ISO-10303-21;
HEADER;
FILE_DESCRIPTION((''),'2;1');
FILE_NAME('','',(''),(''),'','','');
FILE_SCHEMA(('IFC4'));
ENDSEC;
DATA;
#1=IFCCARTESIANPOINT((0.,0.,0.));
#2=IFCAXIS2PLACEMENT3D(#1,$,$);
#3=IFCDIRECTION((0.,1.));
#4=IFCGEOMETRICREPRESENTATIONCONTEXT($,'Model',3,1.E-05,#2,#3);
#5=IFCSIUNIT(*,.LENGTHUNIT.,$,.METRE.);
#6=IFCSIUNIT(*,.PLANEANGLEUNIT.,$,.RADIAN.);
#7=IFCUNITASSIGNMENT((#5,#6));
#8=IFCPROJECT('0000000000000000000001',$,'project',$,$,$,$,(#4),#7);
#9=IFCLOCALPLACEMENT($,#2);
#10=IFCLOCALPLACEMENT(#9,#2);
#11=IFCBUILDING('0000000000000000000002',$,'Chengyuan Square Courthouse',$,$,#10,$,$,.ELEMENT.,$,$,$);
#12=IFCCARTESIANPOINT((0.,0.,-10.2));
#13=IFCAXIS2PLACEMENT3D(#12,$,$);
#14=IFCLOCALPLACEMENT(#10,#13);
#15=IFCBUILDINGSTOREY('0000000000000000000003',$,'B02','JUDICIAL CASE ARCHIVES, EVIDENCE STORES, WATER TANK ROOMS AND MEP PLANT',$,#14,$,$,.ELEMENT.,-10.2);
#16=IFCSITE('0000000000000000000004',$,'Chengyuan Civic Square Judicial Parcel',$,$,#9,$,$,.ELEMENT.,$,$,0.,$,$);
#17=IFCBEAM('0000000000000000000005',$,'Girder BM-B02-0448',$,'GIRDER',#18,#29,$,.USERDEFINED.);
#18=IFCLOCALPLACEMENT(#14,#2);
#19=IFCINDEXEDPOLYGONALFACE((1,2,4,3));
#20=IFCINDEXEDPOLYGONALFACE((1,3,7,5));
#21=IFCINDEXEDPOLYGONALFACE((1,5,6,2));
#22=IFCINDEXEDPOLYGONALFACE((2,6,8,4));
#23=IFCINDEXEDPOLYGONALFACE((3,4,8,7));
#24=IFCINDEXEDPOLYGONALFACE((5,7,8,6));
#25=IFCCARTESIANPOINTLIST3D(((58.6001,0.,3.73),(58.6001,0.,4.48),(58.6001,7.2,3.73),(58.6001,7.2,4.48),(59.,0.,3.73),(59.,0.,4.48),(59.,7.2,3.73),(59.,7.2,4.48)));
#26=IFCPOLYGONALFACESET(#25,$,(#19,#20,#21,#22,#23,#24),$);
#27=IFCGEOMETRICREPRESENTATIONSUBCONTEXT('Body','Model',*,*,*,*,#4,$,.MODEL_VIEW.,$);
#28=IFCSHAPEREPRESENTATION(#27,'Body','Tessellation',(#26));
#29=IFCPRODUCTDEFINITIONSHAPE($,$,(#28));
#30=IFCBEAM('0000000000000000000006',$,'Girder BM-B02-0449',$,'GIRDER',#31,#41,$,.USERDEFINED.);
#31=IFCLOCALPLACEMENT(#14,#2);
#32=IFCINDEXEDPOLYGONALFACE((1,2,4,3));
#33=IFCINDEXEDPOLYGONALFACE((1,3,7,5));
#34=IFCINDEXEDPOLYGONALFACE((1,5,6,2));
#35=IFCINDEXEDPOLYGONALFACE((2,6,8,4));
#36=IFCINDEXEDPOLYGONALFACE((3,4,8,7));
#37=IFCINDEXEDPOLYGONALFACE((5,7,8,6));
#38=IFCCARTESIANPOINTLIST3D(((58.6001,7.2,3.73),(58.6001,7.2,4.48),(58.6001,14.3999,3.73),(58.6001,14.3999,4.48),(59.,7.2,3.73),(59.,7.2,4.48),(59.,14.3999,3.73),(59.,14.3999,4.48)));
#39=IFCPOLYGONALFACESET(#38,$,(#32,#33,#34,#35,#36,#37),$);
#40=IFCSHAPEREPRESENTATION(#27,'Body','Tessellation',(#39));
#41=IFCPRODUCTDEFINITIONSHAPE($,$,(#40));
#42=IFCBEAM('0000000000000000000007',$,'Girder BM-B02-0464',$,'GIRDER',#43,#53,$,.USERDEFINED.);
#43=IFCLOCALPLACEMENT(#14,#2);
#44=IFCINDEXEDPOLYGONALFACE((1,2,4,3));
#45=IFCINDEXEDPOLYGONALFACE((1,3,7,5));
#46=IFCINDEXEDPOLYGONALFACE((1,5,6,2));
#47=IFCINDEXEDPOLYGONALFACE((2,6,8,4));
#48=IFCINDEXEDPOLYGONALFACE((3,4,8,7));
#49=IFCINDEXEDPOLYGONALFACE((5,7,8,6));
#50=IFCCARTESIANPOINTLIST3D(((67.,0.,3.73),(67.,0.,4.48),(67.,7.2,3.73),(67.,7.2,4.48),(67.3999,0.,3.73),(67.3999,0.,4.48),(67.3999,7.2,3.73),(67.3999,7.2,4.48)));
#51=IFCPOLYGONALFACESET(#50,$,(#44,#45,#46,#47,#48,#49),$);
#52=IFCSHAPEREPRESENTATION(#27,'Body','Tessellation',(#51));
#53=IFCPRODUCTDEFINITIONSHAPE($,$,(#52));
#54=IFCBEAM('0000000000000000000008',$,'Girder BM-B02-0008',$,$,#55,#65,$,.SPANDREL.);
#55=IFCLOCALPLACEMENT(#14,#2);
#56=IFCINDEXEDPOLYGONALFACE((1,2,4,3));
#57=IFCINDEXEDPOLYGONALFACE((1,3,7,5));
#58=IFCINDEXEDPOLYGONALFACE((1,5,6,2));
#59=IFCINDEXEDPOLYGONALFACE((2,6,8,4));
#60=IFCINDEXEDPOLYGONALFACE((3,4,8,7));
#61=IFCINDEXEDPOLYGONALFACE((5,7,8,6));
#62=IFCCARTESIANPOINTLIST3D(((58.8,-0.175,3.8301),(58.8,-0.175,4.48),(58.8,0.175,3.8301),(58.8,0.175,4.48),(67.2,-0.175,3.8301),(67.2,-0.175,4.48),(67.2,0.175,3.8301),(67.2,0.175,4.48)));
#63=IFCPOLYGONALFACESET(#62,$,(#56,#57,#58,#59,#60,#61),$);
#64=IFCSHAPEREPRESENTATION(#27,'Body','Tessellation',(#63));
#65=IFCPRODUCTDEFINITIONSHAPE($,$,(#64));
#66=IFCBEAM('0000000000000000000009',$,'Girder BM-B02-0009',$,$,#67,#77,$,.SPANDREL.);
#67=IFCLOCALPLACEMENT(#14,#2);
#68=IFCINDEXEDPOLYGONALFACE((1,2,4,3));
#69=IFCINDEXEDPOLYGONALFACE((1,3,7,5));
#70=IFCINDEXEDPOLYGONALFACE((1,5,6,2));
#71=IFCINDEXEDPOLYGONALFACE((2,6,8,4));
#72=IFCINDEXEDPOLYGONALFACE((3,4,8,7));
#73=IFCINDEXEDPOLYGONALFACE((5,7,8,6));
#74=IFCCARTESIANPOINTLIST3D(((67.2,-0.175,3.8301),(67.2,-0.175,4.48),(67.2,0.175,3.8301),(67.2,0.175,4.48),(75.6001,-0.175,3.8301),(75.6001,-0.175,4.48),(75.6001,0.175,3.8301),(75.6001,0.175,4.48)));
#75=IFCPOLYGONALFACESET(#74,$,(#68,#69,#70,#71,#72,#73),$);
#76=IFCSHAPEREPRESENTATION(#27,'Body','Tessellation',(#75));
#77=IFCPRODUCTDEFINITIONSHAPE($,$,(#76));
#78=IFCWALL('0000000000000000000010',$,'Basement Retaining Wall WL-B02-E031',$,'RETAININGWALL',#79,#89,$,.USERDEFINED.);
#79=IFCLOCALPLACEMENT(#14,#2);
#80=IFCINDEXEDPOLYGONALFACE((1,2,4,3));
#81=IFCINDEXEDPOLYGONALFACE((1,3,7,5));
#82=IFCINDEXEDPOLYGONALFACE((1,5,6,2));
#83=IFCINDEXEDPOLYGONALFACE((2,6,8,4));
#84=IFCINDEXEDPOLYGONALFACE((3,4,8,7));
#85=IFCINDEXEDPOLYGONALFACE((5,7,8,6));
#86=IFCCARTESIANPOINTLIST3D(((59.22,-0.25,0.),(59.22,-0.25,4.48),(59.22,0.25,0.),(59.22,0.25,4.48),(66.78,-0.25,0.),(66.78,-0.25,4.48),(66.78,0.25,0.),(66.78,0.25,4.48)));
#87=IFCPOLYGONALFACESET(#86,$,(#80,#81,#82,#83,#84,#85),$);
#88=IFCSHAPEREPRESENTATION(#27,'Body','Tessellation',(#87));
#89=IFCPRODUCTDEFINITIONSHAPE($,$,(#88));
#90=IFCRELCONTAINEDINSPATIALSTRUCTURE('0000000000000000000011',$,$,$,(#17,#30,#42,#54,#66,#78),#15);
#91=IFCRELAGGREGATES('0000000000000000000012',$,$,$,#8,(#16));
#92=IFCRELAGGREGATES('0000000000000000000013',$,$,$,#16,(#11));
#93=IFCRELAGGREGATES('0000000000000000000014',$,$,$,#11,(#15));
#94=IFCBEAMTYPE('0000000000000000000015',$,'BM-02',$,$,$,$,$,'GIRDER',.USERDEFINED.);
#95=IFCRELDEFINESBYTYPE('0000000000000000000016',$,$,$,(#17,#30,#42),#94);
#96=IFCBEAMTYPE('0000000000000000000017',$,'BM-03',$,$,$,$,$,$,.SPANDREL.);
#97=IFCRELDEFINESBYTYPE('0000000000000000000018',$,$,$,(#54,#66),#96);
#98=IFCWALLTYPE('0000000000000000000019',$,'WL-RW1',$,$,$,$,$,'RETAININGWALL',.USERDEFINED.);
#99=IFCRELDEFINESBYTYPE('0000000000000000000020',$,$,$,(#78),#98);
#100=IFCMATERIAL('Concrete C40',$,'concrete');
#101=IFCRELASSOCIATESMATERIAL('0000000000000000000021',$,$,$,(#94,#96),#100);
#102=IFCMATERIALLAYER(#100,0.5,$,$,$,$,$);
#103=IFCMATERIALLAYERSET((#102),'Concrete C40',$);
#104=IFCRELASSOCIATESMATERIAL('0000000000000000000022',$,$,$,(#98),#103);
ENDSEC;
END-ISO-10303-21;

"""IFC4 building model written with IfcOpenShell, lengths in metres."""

from ifc_helpers import new_model, si_unit, direction, frame, frame_2d, origin, origin_2d, place, context, subcontext, project, spatial, rectangle, extrude, material, layer, layer_set, material_profile, profile_set, type_object, element, save


model = new_model("IFC4")

# Units and contexts
model_context = context("Model", 3, precision=1e-05, world=origin(), true_north=direction((0.0, 1.0)))
body_context = subcontext(model_context, "Body", "Model", "MODEL_VIEW")
ifc_project = project(units=[si_unit("LENGTHUNIT", "METRE"), si_unit("PLANEANGLEUNIT", "RADIAN")], contexts=[model_context])

# Site, building, storey
site_placement = place(None, origin())
site = spatial("IfcSite", under=ifc_project, at=site_placement, Name="Chengyuan Civic Square Judicial Parcel", CompositionType="ELEMENT", RefElevation=0.0)
building_placement = place(site_placement, origin())
building = spatial("IfcBuilding", under=site, at=building_placement, Name="Chengyuan Square Courthouse", CompositionType="ELEMENT")
storey_placement = place(building_placement, frame((0.0, 0.0, -10.2)))
storey = spatial("IfcBuildingStorey", under=building, at=storey_placement, Name="B02", Description="JUDICIAL CASE ARCHIVES, EVIDENCE STORES, WATER TANK ROOMS AND MEP PLANT", CompositionType="ELEMENT", Elevation=-10.2)

# Shared definitions
ifc_material_1 = material(Name="Concrete C40", Category="concrete")

# Beams
ifc_material_profile_1 = material_profile(ifc_material_1, rectangle(XDim=0.3999, YDim=0.75, at=origin_2d()), Name="RC-BM-400x750")
ifc_profile_set_1 = profile_set([ifc_material_profile_1], Name="Concrete C40")
beam_type_1 = type_object("IfcBeamType", Name="BM-02", ElementType="GIRDER", PredefinedType="USERDEFINED", material=ifc_profile_set_1)
for number, where, z_axis, x_axis, name in (
    (1, (58.8, 0.0, 4.105), (0.0, 1.0, 0.0), (-1.0, 0.0, 0.0), "Girder BM-B02-0448"),
    (2, (58.8, 7.2, 4.105), (0.0, 1.0, 0.0), (-1.0, 0.0, 0.0), "Girder BM-B02-0449"),
    (3, (67.2, 0.0, 4.105), (0.0, 1.0, 0.0), (-1.0, 0.0, 0.0), "Girder BM-B02-0464"),
):
    element("IfcBeam", number, at=place(storey_placement, frame(where, z_axis=z_axis, x_axis=x_axis)), inside=storey, type_object=beam_type_1, Name=name, ObjectType="GIRDER", PredefinedType="USERDEFINED", context=body_context, shape_type="SweptSolid", body=[
        extrude(rectangle(XDim=0.3999, YDim=0.75, at=origin_2d()), origin(), (0.0, 0.0, 1.0), 7.2),
    ])
ifc_material_profile_2 = material_profile(ifc_material_1, rectangle(XDim=0.3501, YDim=0.6499, at=origin_2d()), Name="RC-BM-350x650")
ifc_profile_set_2 = profile_set([ifc_material_profile_2], Name="Concrete C40")
beam_type_2 = type_object("IfcBeamType", Name="BM-03", PredefinedType="SPANDREL", material=ifc_profile_set_2)
beam_1_placement = place(storey_placement, frame((58.8, 0.0, 4.155), z_axis=(1.0, 0.0, 0.0), x_axis=(0.0, 1.0, 0.0)))
element("IfcBeam", 4, at=beam_1_placement, inside=storey, type_object=beam_type_2, Name="Girder BM-B02-0008", PredefinedType="SPANDREL", context=body_context, shape_type="SweptSolid", body=[
    extrude(rectangle(XDim=0.3501, YDim=0.6499, at=origin_2d()), origin(), (0.0, 0.0, 1.0), 8.3999),
])
beam_2_placement = place(storey_placement, frame((67.2, 0.0, 4.155), z_axis=(1.0, 0.0, 0.0), x_axis=(0.0, 1.0, 0.0)))
element("IfcBeam", 5, at=beam_2_placement, inside=storey, type_object=beam_type_2, Name="Girder BM-B02-0009", PredefinedType="SPANDREL", context=body_context, shape_type="SweptSolid", body=[
    extrude(rectangle(XDim=0.3501, YDim=0.6499, at=origin_2d()), origin(), (0.0, 0.0, 1.0), 8.4001),
])

# Wall
ifc_layer = layer(ifc_material_1, 0.5)
ifc_layer_set = layer_set([ifc_layer], Name="Concrete C40")
wall_type = type_object("IfcWallType", Name="WL-RW1", ElementType="RETAININGWALL", PredefinedType="USERDEFINED", material=ifc_layer_set)
wall_placement = place(storey_placement, frame((59.22, 0.0, 0.0), z_axis=(0.0, 0.0, 1.0), x_axis=(1.0, 0.0, 0.0)))
element("IfcWall", 6, at=wall_placement, inside=storey, type_object=wall_type, Name="Basement Retaining Wall WL-B02-E031", ObjectType="RETAININGWALL", PredefinedType="USERDEFINED", context=body_context, shape_type="SweptSolid", body=[
    extrude(rectangle(XDim=7.5601, YDim=0.5, at=frame_2d((3.78, 0.0))), origin(), (0.0, 0.0, 1.0), 4.48),
])

save(model, "model.ifc")
